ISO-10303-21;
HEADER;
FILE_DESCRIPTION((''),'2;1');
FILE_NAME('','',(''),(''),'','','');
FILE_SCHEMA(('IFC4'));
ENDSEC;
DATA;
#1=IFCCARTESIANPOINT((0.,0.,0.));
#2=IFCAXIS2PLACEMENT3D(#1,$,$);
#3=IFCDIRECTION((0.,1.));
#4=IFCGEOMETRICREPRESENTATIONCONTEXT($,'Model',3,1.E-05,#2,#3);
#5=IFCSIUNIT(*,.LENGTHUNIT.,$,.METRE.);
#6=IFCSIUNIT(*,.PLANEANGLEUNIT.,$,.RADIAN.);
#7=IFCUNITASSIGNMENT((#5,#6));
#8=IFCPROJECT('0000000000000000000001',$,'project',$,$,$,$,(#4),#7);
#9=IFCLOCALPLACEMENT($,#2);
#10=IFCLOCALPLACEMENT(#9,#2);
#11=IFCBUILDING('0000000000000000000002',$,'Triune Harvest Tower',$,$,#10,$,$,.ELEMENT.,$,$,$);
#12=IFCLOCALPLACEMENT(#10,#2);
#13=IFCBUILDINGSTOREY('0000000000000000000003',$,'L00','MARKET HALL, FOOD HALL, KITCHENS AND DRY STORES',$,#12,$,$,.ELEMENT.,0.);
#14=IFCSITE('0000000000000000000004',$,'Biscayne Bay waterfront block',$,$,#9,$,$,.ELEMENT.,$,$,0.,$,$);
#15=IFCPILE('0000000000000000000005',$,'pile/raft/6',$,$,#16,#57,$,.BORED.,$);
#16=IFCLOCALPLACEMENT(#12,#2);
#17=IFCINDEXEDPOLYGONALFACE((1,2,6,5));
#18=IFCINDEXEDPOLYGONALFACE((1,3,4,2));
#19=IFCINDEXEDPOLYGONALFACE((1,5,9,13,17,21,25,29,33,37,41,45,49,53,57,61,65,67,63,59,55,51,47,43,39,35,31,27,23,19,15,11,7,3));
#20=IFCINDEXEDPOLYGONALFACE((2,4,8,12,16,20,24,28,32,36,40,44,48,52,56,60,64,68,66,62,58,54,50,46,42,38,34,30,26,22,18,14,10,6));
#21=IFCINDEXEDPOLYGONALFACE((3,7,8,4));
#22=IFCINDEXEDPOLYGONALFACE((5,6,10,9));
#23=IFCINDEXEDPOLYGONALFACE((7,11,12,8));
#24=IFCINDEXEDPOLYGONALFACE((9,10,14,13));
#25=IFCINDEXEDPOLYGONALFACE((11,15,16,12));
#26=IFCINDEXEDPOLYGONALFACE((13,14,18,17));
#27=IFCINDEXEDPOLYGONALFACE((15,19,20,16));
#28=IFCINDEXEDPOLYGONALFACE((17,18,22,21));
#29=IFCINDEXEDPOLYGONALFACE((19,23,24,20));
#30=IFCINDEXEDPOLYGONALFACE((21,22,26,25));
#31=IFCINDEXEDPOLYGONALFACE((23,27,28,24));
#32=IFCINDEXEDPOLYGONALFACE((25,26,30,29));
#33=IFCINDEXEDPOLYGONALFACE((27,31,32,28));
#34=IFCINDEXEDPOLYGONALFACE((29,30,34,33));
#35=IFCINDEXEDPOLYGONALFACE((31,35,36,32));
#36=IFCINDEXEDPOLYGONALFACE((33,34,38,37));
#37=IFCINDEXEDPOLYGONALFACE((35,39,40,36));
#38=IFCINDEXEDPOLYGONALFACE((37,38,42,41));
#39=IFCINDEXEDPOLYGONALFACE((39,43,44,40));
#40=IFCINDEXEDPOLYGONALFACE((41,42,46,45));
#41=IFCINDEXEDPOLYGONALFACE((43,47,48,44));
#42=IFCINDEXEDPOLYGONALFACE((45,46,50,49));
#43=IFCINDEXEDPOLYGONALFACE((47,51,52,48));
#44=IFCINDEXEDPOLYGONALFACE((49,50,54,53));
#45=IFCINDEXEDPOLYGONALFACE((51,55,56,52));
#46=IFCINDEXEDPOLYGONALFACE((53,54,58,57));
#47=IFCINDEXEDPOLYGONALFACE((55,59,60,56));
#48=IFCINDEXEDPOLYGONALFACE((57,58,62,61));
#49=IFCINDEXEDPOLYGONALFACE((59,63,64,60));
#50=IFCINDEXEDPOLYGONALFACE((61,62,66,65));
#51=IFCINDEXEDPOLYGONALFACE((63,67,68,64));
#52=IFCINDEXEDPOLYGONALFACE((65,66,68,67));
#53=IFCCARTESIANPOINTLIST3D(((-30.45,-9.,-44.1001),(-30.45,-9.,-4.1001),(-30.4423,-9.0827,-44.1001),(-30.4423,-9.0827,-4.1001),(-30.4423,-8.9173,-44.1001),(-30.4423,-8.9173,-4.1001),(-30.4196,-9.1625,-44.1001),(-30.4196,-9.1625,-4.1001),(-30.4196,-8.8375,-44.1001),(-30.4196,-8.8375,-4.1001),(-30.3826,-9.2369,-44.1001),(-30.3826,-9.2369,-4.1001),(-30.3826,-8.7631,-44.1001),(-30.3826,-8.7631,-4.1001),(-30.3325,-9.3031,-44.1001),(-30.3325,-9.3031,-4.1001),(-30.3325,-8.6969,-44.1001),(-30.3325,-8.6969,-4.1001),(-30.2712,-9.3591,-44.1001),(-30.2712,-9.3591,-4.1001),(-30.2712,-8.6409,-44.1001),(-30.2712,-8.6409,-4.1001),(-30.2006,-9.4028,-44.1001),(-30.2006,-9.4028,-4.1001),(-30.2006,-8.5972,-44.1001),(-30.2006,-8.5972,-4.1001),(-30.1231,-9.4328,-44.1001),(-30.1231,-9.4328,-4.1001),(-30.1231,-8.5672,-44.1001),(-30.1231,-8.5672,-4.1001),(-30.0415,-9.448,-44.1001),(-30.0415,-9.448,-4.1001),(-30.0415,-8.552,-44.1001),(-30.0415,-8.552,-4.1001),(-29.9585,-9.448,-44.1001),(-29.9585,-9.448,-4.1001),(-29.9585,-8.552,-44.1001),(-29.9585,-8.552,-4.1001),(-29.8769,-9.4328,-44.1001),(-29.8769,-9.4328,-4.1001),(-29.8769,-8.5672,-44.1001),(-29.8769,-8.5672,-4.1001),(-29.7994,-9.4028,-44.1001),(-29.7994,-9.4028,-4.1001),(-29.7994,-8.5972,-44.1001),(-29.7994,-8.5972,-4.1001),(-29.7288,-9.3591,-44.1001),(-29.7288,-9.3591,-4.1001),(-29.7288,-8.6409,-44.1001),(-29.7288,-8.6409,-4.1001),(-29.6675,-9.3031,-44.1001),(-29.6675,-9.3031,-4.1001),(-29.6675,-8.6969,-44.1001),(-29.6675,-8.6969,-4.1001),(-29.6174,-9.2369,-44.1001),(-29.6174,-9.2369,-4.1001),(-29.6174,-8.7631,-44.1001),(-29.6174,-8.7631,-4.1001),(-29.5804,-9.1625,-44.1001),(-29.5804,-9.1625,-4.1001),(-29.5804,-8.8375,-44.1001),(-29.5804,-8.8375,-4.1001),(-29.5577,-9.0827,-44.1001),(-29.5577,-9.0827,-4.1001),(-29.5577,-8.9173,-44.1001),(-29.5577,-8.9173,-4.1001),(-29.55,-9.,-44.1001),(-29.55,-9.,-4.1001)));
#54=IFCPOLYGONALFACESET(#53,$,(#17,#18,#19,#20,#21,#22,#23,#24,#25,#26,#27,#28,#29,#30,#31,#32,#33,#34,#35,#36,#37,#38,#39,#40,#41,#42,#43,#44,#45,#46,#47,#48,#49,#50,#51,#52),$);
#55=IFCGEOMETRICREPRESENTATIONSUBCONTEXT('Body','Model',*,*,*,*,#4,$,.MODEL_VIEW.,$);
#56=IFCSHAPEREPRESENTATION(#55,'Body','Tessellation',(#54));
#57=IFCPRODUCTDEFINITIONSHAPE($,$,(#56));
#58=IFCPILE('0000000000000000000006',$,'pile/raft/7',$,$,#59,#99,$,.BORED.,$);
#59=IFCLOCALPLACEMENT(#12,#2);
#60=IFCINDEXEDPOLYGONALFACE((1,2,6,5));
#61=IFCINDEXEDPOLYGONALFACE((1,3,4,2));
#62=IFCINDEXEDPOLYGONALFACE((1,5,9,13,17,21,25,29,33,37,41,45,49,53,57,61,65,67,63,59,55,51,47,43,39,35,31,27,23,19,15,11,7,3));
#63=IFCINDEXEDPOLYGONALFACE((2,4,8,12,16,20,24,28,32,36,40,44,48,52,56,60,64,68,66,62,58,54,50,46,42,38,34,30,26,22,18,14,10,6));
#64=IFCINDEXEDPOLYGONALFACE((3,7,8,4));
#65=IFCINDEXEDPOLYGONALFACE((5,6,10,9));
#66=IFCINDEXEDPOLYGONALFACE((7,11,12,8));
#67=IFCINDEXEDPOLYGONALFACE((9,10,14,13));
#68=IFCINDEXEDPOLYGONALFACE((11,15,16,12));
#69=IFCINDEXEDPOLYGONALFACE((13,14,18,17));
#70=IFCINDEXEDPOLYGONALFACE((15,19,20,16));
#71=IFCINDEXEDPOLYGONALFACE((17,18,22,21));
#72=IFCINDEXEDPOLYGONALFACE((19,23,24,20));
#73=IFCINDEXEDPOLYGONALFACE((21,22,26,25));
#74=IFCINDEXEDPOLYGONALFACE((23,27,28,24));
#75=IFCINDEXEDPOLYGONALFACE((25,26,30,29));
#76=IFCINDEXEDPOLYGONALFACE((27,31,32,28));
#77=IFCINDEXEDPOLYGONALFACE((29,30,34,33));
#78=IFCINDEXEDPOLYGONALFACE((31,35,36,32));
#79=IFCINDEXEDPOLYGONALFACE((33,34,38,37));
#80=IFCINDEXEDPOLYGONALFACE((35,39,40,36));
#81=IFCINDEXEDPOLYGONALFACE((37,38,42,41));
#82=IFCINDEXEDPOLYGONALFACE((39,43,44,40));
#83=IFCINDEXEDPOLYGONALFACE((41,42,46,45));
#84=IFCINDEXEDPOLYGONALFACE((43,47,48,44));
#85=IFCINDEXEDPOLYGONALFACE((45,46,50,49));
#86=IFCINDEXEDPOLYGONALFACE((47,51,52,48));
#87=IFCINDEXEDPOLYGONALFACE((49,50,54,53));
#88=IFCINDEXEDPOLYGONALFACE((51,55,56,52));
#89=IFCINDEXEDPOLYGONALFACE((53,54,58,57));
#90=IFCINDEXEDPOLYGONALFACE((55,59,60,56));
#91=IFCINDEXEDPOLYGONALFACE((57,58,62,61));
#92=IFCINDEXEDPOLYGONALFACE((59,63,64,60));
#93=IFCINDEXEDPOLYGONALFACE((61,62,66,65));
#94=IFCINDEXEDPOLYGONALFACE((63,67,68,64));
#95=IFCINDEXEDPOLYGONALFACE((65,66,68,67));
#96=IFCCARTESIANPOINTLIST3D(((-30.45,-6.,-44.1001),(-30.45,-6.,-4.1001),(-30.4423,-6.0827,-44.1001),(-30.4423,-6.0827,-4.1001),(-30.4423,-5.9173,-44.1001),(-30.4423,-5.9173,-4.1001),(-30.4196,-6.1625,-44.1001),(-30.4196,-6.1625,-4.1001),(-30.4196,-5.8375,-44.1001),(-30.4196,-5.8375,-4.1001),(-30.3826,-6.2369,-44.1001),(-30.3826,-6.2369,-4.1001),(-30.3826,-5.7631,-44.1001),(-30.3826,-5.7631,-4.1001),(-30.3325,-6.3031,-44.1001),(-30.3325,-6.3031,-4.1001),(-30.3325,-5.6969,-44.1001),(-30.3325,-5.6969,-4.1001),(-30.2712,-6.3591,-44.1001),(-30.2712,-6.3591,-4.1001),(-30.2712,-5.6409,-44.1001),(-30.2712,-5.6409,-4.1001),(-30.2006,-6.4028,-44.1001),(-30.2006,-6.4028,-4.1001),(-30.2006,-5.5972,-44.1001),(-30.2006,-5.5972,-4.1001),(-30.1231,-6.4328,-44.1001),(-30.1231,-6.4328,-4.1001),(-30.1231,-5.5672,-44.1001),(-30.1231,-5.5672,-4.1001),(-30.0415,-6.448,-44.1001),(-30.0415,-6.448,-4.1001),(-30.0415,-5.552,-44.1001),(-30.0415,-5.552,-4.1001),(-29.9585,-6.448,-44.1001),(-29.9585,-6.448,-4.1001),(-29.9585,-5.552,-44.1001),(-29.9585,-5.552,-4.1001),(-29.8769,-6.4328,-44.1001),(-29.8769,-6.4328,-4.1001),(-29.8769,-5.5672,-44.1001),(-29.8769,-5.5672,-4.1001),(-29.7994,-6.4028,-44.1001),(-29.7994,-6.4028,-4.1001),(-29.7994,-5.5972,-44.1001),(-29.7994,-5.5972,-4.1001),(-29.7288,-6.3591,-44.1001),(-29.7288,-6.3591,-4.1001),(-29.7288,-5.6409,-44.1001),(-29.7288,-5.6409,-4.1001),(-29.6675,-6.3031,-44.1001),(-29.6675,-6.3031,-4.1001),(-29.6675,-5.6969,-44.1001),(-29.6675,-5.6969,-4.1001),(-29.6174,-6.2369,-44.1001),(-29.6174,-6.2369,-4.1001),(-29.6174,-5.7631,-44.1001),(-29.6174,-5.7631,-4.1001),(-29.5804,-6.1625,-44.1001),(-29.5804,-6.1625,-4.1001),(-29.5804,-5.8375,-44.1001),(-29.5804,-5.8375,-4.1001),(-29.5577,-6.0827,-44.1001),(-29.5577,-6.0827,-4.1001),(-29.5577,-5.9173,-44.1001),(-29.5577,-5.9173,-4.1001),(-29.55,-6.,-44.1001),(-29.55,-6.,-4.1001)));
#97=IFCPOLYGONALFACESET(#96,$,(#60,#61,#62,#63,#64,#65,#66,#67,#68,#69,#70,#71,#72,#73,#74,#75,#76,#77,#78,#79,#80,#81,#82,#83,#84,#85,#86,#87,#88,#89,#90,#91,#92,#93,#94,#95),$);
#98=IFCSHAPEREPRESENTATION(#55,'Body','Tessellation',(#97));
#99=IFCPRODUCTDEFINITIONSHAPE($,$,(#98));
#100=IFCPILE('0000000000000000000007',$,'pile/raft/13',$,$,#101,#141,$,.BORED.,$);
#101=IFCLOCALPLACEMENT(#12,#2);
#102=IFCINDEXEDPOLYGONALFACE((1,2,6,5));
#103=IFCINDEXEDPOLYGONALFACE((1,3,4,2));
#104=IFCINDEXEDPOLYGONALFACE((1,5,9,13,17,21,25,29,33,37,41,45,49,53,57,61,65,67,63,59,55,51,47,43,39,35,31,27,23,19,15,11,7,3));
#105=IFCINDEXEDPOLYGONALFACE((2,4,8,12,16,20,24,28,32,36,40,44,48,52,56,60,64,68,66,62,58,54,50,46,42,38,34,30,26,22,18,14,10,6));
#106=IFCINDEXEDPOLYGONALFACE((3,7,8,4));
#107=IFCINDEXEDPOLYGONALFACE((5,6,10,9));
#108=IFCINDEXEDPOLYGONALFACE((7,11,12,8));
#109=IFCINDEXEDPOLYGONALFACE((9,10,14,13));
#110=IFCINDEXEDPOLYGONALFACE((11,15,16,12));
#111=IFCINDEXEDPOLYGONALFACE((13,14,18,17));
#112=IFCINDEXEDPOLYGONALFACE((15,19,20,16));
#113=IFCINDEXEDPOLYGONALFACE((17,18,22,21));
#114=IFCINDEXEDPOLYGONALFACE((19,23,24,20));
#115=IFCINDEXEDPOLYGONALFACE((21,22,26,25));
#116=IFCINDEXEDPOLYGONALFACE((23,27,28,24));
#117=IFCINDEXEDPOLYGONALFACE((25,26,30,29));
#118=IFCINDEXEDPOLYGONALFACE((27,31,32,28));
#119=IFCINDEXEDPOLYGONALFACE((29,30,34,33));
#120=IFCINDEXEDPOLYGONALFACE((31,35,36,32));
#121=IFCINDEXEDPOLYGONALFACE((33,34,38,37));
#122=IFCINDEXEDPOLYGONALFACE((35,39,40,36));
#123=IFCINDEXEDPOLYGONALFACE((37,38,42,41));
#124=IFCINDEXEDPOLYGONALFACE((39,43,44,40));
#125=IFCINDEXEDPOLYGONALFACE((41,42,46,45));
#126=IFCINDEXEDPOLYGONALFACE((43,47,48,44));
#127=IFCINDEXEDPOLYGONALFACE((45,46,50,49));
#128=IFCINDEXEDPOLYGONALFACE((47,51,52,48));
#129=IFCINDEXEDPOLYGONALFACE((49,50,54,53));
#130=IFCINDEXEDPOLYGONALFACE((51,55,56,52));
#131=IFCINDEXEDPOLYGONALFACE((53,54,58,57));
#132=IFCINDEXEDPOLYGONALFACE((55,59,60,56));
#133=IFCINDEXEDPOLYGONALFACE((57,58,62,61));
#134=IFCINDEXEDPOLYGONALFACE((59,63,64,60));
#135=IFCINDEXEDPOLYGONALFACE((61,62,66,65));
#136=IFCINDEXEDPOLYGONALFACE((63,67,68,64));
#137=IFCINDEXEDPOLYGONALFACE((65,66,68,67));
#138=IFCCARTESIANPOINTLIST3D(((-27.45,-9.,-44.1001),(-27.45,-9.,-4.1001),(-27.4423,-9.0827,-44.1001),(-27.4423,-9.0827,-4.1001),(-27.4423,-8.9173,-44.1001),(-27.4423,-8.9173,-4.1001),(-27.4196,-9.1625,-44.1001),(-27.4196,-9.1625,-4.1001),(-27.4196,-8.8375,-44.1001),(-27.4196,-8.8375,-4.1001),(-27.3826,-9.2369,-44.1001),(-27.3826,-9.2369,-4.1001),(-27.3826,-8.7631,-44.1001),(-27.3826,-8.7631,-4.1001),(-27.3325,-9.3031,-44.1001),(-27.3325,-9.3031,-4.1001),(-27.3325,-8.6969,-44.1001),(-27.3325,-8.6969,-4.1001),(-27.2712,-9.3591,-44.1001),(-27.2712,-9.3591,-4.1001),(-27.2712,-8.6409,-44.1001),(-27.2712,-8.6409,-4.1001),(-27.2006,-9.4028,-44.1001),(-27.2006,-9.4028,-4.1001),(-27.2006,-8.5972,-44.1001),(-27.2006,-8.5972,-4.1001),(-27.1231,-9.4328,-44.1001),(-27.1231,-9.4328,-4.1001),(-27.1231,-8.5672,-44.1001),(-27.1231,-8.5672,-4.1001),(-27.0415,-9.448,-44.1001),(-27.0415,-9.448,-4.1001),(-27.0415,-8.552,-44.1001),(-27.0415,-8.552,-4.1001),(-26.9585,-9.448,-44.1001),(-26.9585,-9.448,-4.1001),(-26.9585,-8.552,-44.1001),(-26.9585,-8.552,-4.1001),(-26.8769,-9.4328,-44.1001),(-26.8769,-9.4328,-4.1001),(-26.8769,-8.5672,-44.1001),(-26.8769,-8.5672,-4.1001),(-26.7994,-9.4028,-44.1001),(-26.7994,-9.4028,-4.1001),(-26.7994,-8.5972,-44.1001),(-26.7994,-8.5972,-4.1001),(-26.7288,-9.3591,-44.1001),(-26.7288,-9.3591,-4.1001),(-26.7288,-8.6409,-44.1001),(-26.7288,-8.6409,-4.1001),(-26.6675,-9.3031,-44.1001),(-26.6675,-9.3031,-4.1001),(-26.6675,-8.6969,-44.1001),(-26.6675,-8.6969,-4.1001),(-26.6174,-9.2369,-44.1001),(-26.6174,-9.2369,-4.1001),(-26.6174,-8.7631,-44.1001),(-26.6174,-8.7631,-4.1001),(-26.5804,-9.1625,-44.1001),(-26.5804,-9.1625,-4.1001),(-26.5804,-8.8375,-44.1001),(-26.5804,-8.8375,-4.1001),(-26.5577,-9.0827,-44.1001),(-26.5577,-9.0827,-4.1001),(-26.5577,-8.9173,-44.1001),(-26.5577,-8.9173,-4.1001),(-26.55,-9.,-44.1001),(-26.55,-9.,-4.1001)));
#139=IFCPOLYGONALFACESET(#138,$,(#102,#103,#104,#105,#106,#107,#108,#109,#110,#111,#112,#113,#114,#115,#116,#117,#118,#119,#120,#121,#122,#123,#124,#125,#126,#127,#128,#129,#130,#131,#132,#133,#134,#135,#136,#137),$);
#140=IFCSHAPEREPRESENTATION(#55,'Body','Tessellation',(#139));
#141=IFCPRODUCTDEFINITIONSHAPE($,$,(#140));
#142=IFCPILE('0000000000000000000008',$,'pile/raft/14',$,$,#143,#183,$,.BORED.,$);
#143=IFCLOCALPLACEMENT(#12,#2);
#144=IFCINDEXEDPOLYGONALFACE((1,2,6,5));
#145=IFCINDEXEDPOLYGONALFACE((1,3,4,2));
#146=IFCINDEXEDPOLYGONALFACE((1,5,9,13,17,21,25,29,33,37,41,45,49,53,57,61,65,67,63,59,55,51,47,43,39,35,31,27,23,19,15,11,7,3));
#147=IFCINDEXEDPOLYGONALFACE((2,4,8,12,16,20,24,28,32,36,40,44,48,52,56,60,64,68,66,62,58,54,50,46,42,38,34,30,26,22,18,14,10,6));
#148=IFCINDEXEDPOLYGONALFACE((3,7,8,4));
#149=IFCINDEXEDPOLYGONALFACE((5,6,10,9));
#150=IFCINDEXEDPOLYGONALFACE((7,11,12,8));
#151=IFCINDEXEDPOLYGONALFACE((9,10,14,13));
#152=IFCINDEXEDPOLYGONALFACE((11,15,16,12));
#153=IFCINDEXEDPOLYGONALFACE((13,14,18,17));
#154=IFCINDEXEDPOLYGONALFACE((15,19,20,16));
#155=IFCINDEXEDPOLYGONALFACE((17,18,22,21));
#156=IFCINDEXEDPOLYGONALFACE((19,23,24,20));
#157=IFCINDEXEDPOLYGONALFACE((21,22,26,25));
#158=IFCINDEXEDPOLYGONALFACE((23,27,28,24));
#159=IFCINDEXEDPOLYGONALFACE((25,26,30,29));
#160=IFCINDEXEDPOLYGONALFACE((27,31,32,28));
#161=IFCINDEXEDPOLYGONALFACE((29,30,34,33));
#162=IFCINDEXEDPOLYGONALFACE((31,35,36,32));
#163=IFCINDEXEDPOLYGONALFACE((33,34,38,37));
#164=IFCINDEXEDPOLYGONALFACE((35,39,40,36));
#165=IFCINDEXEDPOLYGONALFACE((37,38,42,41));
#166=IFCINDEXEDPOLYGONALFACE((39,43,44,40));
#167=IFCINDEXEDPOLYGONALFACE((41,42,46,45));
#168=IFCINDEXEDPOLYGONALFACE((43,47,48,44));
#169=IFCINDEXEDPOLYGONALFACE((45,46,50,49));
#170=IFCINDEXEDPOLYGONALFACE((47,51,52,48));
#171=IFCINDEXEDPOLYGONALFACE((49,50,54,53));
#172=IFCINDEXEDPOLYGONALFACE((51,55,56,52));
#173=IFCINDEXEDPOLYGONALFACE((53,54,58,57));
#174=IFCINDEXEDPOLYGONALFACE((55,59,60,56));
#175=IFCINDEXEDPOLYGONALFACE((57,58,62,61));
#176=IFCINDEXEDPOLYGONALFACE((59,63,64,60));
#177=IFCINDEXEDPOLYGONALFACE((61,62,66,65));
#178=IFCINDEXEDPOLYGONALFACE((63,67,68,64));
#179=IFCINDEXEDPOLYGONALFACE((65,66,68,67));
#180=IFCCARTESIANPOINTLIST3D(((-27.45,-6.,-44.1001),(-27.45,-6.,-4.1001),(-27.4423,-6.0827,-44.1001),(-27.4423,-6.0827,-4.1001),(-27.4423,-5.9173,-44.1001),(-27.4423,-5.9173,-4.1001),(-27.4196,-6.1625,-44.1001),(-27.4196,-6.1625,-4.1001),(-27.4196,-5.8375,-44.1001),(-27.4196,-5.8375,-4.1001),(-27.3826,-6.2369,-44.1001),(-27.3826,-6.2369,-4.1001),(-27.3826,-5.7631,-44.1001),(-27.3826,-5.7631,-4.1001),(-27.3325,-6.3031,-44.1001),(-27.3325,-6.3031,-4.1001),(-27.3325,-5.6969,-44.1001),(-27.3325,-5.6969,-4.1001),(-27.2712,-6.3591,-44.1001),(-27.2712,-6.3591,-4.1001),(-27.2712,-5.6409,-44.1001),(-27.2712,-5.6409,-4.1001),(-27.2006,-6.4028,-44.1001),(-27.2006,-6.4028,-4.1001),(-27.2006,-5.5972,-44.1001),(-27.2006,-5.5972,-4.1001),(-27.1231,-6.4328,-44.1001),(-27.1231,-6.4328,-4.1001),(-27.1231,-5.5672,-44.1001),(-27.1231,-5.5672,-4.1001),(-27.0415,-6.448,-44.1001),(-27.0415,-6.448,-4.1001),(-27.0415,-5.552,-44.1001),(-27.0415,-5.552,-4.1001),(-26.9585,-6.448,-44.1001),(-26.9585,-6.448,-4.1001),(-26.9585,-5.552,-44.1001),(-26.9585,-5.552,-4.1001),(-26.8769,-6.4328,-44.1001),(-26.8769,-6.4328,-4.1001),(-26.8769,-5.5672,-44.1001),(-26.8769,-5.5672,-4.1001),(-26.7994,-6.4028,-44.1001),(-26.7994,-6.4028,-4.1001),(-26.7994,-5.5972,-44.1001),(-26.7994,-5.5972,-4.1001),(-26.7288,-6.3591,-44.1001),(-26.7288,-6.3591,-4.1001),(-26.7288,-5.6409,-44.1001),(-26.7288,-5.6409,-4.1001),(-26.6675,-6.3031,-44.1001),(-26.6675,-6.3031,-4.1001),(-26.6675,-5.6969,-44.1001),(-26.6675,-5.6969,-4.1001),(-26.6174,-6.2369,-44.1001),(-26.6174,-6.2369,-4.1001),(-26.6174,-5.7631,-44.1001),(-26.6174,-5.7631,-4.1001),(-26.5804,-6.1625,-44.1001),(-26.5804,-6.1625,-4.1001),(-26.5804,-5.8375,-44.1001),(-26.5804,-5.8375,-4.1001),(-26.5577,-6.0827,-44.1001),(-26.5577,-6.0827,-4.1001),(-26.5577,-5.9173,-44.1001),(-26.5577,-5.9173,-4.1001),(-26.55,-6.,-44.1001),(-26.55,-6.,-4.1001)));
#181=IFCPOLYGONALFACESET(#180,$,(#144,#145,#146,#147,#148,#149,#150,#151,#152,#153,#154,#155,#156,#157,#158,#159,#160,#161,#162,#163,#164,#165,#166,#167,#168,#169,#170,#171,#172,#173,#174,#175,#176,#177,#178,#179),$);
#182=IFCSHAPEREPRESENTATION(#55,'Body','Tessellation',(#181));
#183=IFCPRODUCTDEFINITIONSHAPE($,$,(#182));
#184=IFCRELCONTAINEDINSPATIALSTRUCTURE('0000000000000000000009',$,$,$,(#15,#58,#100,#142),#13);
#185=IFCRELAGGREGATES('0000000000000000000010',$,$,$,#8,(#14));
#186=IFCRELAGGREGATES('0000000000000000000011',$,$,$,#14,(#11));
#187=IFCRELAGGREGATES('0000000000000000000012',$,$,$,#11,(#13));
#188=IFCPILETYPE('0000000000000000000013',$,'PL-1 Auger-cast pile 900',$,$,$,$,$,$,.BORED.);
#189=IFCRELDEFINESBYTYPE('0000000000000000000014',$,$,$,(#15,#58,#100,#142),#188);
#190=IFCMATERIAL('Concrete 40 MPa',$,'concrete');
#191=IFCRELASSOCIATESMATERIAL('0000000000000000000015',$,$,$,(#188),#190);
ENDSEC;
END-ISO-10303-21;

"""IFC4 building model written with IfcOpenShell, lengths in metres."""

from ifc_helpers import new_model, si_unit, direction, frame, origin, origin_2d, place, context, subcontext, project, spatial, circle, extrude, source, transform, mapped, material, material_profile, profile_set, type_object, element, save


model = new_model("IFC4")

# Units and contexts
model_context = context("Model", 3, precision=1e-05, world=origin(), true_north=direction((0.0, 1.0)))
body_context = subcontext(model_context, "Body", "Model", "MODEL_VIEW")
ifc_project = project(units=[si_unit("LENGTHUNIT", "METRE"), si_unit("PLANEANGLEUNIT", "RADIAN")], contexts=[model_context])

# Site, building, storey
site_placement = place(None, origin())
site = spatial("IfcSite", under=ifc_project, at=site_placement, Name="Biscayne Bay waterfront block", CompositionType="ELEMENT", RefElevation=0.0)
building_placement = place(site_placement, origin())
building = spatial("IfcBuilding", under=site, at=building_placement, Name="Triune Harvest Tower", CompositionType="ELEMENT")
storey_placement = place(building_placement, origin())
storey = spatial("IfcBuildingStorey", under=building, at=storey_placement, Name="L00", Description="MARKET HALL, FOOD HALL, KITCHENS AND DRY STORES", CompositionType="ELEMENT", Elevation=0.0)

# Piles
ifc_material_1 = material(Name="Concrete 40 MPa", Category="concrete")
ifc_material_profile_1 = material_profile(ifc_material_1, circle(Radius=0.45, at=origin_2d()), Name="Bored 900")
ifc_profile_set_1 = profile_set([ifc_material_profile_1], Name="Concrete 40 MPa")
pile_type = type_object("IfcPileType", Name="PL-1 Auger-cast pile 900", PredefinedType="BORED", material=ifc_profile_set_1)
shared_shape_1 = source(origin(), body_context, "Body", "SweptSolid", [
    extrude(circle(Radius=0.45, at=origin_2d()), origin(), (0.0, 0.0, 1.0), 40.0),
])
for number, where, z_axis, x_axis, name in (
    (1, (-30.0, -9.0, -4.1001), (0.0, 0.0, -1.0), (1.0, 0.0, 0.0), "pile/raft/6"),
    (2, (-30.0, -6.0, -4.1001), (0.0, 0.0, -1.0), (1.0, 0.0, 0.0), "pile/raft/7"),
    (3, (-27.0, -9.0, -4.1001), (0.0, 0.0, -1.0), (1.0, 0.0, 0.0), "pile/raft/13"),
    (4, (-27.0, -6.0, -4.1001), (0.0, 0.0, -1.0), (1.0, 0.0, 0.0), "pile/raft/14"),
):
    element("IfcPile", number, at=place(storey_placement, frame(where, z_axis=z_axis, x_axis=x_axis)), inside=storey, type_object=pile_type, Name=name, PredefinedType="BORED", context=body_context, shape_type="MappedRepresentation", body=[
        mapped(shared_shape_1, transform((0.0, 0.0, 0.0), scale=1.0)),
    ])

save(model, "model.ifc")
